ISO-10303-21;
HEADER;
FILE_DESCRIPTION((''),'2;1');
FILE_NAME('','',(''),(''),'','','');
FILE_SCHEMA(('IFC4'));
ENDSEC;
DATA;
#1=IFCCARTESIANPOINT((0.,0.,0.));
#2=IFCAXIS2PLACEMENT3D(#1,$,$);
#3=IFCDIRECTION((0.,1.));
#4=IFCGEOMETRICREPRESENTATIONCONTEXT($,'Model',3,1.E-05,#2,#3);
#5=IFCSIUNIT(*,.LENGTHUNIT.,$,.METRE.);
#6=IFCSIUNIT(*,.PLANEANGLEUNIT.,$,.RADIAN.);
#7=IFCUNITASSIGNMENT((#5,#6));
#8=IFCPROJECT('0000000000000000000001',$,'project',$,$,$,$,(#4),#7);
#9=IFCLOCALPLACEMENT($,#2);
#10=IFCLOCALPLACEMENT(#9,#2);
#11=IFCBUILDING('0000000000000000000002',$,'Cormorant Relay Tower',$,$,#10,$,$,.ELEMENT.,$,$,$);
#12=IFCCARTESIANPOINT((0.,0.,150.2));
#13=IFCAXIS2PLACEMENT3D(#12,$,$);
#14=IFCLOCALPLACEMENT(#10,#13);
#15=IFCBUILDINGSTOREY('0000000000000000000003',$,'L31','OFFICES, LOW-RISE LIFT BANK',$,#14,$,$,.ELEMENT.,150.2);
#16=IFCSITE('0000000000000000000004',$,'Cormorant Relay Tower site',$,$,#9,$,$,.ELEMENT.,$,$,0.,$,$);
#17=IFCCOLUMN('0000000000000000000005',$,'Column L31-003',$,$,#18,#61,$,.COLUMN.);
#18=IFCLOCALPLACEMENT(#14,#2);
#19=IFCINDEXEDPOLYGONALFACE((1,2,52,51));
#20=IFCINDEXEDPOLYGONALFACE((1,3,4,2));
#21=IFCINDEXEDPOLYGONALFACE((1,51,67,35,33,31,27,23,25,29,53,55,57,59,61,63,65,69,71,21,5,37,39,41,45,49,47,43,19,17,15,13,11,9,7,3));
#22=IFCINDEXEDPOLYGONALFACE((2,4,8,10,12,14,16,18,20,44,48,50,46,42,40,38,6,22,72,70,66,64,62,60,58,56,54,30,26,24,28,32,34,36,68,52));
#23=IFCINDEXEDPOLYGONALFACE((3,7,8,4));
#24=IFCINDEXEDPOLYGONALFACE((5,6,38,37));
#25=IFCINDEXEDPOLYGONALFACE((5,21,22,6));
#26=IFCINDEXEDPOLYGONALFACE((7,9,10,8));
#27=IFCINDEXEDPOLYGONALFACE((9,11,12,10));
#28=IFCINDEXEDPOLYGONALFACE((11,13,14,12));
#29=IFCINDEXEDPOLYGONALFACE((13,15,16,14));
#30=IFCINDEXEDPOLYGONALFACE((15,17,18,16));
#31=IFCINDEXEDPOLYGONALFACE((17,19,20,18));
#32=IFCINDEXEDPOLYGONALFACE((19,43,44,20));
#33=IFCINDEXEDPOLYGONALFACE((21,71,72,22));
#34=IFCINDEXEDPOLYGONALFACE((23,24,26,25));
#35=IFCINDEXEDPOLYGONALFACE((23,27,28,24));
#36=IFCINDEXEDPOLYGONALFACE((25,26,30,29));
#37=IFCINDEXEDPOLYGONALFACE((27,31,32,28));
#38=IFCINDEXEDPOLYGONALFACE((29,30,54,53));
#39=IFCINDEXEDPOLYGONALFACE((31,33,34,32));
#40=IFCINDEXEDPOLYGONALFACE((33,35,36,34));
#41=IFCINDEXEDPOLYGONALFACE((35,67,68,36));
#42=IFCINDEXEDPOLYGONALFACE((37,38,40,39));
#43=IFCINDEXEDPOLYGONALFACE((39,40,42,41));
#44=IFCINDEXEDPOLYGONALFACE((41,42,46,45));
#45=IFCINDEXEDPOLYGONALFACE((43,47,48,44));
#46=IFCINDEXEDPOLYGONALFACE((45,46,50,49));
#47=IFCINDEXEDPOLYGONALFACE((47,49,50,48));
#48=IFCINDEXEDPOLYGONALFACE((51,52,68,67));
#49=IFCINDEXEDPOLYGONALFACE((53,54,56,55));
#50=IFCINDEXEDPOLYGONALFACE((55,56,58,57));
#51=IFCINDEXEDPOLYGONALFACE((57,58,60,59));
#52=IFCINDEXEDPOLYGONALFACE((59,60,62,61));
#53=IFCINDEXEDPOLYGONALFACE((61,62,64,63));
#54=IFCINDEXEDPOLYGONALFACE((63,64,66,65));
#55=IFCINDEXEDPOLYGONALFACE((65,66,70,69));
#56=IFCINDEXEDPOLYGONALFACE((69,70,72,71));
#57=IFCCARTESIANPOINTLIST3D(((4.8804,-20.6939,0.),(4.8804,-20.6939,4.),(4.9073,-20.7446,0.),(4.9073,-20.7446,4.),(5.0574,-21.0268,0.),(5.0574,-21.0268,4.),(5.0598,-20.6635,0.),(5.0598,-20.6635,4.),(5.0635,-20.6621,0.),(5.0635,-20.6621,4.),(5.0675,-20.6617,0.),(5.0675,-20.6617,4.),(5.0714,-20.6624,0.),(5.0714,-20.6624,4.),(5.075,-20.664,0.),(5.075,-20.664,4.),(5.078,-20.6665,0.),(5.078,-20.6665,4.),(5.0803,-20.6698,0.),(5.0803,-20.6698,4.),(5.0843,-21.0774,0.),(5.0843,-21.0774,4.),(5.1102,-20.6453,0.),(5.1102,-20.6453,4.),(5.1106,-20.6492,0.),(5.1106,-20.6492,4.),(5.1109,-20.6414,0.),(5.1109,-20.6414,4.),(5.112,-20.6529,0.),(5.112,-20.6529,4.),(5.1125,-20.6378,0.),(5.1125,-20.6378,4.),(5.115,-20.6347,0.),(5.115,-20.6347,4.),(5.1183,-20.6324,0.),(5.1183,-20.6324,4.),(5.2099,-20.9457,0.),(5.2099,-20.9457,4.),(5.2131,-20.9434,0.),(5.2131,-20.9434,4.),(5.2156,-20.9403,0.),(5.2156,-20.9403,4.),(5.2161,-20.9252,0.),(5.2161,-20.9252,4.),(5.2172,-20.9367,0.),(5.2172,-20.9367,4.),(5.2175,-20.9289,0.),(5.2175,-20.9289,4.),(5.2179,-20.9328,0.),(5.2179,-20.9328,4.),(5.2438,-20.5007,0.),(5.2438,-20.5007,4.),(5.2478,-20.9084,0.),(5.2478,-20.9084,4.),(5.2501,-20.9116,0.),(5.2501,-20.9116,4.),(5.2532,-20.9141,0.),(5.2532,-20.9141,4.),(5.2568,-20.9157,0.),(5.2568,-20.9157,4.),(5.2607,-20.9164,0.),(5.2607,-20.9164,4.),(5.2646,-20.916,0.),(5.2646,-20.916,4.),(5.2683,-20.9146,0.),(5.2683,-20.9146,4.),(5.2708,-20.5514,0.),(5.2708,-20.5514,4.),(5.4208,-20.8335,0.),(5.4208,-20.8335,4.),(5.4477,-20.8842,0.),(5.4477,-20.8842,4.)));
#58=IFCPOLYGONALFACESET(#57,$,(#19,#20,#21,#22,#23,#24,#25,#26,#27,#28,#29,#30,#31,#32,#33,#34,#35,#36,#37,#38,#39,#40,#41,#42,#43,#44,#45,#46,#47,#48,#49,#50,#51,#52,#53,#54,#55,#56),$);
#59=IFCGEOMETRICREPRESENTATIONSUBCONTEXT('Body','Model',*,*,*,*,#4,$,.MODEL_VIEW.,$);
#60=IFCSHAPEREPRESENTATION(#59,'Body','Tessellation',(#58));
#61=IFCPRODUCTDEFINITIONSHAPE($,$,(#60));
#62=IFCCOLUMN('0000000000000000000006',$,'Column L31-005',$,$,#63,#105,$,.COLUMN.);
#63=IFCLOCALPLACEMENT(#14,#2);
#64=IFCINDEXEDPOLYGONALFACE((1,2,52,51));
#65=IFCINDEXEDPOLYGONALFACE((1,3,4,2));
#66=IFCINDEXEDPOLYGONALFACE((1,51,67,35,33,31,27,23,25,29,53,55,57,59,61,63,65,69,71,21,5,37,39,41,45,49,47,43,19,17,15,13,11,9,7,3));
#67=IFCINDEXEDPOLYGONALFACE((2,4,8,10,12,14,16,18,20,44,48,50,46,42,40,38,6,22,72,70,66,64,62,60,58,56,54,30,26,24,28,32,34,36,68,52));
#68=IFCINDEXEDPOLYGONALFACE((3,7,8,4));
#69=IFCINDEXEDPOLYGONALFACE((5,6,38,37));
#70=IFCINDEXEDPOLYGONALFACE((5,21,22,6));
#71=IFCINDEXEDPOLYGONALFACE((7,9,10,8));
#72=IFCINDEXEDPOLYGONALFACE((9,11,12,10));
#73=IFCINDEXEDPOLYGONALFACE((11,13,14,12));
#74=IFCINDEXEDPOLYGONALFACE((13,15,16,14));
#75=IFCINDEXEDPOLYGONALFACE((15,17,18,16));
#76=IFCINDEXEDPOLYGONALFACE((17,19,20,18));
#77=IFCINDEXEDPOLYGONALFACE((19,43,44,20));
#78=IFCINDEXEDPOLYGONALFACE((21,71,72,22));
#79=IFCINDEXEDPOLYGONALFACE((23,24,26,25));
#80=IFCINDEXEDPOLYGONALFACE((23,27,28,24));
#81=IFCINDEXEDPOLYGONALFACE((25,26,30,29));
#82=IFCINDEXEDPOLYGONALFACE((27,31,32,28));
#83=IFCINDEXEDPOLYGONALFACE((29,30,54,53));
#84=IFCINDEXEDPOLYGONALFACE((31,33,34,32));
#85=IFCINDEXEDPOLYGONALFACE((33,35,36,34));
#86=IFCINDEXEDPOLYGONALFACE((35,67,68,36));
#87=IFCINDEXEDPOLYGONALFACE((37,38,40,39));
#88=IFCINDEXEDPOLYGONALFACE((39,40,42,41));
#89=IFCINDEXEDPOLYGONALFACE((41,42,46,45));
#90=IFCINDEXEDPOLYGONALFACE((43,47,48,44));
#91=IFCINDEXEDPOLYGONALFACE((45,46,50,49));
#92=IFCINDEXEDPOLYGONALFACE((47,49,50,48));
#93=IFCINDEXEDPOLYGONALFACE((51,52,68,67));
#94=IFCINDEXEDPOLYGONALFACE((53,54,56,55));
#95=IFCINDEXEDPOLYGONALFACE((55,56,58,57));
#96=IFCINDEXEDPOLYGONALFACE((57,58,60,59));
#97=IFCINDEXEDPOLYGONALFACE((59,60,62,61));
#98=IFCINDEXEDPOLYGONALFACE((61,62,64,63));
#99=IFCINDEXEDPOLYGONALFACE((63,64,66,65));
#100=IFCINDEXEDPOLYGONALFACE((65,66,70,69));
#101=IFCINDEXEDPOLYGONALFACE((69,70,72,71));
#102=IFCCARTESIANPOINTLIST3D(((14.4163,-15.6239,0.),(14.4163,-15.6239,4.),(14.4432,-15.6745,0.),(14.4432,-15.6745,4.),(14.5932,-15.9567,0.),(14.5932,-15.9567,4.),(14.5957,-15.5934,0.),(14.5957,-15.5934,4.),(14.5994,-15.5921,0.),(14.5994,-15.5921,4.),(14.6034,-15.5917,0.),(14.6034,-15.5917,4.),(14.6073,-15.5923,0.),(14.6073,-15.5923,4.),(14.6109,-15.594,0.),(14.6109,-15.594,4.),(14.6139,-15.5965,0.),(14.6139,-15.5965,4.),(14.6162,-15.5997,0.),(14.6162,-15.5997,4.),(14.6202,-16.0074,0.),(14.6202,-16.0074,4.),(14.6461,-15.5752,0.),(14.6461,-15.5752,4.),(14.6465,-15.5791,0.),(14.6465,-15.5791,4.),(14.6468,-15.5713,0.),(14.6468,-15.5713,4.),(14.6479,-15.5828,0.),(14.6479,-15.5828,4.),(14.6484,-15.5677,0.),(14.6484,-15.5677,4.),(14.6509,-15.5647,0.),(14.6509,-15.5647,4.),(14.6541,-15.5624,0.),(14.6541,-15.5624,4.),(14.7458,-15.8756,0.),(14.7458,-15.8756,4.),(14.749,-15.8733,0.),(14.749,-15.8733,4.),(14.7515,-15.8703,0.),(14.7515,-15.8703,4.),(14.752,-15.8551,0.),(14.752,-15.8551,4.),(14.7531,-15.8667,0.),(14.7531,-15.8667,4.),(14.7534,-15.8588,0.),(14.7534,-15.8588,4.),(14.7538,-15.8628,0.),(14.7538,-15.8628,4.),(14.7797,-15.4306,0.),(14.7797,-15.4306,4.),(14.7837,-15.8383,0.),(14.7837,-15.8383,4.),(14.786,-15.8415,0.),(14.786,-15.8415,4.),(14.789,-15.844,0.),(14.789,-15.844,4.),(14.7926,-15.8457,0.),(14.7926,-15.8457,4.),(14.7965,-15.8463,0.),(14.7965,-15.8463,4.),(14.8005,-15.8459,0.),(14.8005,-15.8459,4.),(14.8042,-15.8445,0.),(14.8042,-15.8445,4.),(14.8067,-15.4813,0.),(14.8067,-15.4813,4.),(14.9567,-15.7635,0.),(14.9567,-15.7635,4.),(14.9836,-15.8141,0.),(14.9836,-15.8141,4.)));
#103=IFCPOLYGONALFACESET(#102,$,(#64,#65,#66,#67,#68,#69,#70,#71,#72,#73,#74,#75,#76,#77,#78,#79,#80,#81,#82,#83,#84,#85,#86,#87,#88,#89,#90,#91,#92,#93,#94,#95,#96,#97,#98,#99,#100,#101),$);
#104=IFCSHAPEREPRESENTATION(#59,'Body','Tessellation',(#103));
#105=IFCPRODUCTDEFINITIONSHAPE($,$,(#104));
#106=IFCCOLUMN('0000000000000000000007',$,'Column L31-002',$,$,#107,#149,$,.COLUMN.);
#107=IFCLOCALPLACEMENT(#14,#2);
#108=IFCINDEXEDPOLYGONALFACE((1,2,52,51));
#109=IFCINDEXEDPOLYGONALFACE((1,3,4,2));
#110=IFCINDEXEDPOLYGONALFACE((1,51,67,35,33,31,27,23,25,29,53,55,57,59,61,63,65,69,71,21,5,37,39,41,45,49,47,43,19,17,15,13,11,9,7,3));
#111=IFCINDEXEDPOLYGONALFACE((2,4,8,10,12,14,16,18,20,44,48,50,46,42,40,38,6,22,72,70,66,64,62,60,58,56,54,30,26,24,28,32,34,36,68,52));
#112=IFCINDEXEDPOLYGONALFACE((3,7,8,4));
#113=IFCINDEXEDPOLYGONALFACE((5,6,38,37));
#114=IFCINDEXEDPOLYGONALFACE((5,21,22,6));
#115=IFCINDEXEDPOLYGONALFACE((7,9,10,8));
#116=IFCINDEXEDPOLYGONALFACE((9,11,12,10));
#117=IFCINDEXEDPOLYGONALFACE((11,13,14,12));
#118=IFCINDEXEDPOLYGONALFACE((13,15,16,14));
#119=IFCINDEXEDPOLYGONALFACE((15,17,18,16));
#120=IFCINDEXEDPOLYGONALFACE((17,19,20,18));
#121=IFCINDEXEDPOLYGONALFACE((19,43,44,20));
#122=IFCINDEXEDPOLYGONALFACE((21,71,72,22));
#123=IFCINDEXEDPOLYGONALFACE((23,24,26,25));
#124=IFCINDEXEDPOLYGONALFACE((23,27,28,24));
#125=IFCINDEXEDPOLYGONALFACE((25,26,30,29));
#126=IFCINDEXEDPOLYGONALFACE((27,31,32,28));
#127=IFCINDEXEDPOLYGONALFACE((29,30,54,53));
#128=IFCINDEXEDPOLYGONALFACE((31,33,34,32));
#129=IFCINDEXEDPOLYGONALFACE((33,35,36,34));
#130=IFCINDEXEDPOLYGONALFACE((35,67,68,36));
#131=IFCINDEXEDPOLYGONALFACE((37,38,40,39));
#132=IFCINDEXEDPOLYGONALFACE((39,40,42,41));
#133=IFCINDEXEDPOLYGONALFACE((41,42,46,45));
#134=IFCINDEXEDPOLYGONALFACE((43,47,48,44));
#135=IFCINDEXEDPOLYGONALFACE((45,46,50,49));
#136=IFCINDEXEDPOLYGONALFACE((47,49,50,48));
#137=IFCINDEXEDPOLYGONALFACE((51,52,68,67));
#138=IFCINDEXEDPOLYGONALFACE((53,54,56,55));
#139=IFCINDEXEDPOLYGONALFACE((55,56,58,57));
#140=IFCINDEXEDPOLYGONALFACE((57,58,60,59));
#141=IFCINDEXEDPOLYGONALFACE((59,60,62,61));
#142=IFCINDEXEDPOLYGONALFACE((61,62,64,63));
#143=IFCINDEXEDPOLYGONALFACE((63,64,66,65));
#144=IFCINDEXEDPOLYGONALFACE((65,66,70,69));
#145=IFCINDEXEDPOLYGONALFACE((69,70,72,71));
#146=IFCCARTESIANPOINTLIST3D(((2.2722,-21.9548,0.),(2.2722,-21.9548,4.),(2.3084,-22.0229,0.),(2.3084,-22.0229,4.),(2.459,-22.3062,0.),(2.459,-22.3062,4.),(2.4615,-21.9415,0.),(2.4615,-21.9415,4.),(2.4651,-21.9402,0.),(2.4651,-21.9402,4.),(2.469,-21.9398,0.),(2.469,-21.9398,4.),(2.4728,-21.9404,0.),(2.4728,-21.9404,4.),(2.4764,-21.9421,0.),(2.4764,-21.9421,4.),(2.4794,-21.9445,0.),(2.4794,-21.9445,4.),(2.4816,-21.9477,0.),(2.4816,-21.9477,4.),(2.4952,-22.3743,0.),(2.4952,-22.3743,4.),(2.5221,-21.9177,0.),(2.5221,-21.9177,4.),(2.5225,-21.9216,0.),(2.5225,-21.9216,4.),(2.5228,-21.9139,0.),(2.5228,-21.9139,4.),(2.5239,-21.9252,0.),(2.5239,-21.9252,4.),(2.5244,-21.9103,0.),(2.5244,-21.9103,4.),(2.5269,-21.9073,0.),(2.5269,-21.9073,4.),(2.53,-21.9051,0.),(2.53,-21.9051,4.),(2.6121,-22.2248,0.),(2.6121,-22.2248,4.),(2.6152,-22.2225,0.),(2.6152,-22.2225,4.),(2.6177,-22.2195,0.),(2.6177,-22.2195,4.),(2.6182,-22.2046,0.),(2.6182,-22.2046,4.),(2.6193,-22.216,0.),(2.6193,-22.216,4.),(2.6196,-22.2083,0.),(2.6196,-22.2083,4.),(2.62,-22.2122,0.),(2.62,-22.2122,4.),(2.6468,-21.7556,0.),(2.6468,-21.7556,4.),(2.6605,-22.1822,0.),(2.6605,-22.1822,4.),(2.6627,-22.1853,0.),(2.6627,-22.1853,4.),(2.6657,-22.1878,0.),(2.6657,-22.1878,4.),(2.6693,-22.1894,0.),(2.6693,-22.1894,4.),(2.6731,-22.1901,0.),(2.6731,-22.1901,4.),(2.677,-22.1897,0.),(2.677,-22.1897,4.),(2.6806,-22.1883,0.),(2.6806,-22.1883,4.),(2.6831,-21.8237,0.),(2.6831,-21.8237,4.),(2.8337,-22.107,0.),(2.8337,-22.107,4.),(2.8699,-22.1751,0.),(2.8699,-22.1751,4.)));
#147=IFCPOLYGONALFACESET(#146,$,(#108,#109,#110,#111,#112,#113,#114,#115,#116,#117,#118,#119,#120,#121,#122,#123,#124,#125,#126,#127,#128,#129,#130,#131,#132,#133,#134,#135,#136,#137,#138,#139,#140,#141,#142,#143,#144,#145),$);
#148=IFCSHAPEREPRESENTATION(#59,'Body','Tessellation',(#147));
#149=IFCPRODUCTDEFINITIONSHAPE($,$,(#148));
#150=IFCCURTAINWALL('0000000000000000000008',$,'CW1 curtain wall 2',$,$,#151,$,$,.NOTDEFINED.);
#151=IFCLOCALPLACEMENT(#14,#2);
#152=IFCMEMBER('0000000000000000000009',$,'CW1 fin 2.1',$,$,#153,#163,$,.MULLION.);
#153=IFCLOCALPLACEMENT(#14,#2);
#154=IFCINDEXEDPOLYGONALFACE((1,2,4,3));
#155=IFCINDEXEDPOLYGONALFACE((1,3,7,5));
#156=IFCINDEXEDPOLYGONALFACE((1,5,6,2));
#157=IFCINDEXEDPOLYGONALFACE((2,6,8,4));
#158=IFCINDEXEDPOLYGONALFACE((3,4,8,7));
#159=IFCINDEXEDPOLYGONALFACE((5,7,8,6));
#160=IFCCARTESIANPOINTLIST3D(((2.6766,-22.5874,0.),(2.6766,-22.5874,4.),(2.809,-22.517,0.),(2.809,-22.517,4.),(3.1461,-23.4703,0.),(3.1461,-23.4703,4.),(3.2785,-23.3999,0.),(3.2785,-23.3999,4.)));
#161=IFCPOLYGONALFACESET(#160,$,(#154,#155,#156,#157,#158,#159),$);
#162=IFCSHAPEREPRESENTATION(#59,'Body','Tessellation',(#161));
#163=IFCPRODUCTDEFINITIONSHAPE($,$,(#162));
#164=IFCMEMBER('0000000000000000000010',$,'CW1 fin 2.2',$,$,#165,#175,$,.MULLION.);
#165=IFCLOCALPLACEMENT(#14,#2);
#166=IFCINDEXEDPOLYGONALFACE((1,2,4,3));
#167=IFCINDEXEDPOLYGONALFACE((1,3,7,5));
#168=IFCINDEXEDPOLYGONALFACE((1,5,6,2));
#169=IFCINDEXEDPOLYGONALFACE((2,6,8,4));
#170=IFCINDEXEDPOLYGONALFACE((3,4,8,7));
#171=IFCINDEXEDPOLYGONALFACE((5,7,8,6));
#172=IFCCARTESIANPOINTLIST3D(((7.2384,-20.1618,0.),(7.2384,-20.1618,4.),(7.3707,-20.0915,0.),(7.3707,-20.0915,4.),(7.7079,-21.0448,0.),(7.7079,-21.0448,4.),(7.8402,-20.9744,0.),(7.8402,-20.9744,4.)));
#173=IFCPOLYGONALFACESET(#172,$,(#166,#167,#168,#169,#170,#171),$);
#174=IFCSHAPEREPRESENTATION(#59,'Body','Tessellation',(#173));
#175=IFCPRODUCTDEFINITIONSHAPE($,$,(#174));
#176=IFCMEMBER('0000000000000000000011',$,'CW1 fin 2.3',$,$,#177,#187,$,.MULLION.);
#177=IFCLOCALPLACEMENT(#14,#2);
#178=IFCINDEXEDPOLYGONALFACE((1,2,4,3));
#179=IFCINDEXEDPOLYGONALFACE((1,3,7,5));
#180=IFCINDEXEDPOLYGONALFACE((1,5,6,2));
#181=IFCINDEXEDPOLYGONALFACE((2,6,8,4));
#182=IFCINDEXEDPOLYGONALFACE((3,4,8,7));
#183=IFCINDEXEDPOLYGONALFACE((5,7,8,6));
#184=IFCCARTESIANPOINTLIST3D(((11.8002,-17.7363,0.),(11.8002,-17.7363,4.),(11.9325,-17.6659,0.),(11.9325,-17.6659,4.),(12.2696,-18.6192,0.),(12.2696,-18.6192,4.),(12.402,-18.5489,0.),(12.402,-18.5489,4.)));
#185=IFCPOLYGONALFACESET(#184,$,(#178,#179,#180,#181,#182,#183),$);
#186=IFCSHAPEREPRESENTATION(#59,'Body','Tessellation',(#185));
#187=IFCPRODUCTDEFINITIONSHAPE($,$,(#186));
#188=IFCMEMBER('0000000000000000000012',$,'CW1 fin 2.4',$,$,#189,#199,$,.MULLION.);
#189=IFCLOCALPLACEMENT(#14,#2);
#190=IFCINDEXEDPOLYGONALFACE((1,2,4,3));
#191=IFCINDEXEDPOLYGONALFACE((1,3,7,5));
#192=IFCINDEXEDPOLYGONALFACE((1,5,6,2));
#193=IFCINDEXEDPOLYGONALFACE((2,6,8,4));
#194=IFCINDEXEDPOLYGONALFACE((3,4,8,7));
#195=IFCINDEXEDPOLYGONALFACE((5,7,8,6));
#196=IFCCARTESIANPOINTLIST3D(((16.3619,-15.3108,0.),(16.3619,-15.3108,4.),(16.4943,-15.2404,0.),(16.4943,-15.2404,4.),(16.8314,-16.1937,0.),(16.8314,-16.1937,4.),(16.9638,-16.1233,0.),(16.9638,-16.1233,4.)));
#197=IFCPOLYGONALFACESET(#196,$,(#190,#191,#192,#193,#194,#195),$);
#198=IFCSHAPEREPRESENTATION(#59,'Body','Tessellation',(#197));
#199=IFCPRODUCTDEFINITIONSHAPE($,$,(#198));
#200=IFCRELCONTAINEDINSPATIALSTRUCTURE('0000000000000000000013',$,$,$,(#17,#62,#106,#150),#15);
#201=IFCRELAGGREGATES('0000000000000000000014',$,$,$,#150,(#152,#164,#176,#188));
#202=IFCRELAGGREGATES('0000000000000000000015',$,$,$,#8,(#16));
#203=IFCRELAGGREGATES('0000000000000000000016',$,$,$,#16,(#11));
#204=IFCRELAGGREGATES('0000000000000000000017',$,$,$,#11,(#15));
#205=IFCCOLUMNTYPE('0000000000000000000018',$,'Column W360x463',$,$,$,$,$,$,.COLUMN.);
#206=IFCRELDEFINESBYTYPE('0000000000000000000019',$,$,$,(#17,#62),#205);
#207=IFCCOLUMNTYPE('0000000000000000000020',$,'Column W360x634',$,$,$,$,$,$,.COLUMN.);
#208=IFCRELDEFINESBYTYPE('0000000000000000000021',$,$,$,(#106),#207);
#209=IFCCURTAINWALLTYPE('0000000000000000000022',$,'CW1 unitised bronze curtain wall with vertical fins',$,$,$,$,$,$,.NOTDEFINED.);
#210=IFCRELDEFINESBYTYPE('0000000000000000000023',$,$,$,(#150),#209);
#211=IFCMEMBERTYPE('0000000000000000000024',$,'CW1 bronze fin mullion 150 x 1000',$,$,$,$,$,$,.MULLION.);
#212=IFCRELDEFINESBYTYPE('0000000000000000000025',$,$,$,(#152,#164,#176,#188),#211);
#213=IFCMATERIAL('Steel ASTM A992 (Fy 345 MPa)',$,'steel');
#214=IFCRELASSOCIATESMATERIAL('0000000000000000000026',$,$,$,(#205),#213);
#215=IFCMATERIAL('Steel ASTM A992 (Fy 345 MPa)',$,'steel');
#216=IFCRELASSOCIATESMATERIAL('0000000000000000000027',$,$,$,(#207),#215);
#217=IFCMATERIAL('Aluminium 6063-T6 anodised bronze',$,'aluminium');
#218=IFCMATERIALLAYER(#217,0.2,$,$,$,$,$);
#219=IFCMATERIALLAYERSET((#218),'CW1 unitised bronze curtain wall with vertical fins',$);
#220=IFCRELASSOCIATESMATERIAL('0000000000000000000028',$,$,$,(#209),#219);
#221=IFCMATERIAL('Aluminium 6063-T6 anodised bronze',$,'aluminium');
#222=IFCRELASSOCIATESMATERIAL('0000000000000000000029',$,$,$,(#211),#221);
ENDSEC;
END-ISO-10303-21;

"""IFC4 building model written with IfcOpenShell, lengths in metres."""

from ifc_helpers import new_model, si_unit, direction, frame, origin, origin_2d, place, context, subcontext, project, spatial, rectangle, i_section, extrude, material, layer, layer_set, material_profile, profile_set, type_object, element, aggregate, save


model = new_model("IFC4")

# Units and contexts
model_context = context("Model", 3, precision=1e-05, world=origin(), true_north=direction((0.0, 1.0)))
body_context = subcontext(model_context, "Body", "Model", "MODEL_VIEW")
ifc_project = project(units=[si_unit("LENGTHUNIT", "METRE"), si_unit("PLANEANGLEUNIT", "RADIAN")], contexts=[model_context])

# Site, building, storey
site_placement = place(None, origin())
site = spatial("IfcSite", under=ifc_project, at=site_placement, Name="Cormorant Relay Tower site", CompositionType="ELEMENT", RefElevation=0.0)
building_placement = place(site_placement, origin())
building = spatial("IfcBuilding", under=site, at=building_placement, Name="Cormorant Relay Tower", CompositionType="ELEMENT")
storey_placement = place(building_placement, frame((0.0, 0.0, 150.2)))
storey = spatial("IfcBuildingStorey", under=building, at=storey_placement, Name="L31", Description="OFFICES, LOW-RISE LIFT BANK", CompositionType="ELEMENT", Elevation=150.2)

# Columns
ifc_material_1 = material(Name="Steel ASTM A992 (Fy 345 MPa)", Category="steel")
ifc_material_profile_1 = material_profile(ifc_material_1, i_section(OverallWidth=0.4116, OverallDepth=0.4343, WebThickness=0.0359, FlangeThickness=0.0574, FilletRadius=0.0151, at=origin_2d()), Name="W360x463")
ifc_profile_set_1 = profile_set([ifc_material_profile_1], Name="Steel ASTM A992 (Fy 345 MPa)")
column_type_1 = type_object("IfcColumnType", Name="Column W360x463", PredefinedType="COLUMN", material=ifc_profile_set_1)
for number, where, z_axis, x_axis, name in (
    (1, (5.1641, -20.7891, 0.0), (0.0, 0.0, 1.0), (0.882948, 0.469472, 0.0), "Column L31-003"),
    (2, (14.7, -15.719, 0.0), (0.0, 0.0, 1.0), (0.882948, 0.469472, 0.0), "Column L31-005"),
):
    element("IfcColumn", number, at=place(storey_placement, frame(where, z_axis=z_axis, x_axis=x_axis)), inside=storey, type_object=column_type_1, Name=name, PredefinedType="COLUMN", context=body_context, shape_type="SweptSolid", body=[
        extrude(i_section(OverallWidth=0.4116, OverallDepth=0.4343, WebThickness=0.0359, FlangeThickness=0.0574, FilletRadius=0.0151, at=origin_2d()), origin(), (0.0, 0.0, 1.0), 4.0),
    ])
ifc_material_2 = material(Name="Steel ASTM A992 (Fy 345 MPa)", Category="steel")
ifc_material_profile_2 = material_profile(ifc_material_2, i_section(OverallWidth=0.4243, OverallDepth=0.4751, WebThickness=0.0479, FlangeThickness=0.0771, FilletRadius=0.0149, at=origin_2d()), Name="W360x634")
ifc_profile_set_2 = profile_set([ifc_material_profile_2], Name="Steel ASTM A992 (Fy 345 MPa)")
column_type_2 = type_object("IfcColumnType", Name="Column W360x634", PredefinedType="COLUMN", material=ifc_profile_set_2)
column_placement = place(storey_placement, frame((2.571, -22.0649, 0.0), z_axis=(0.0, 0.0, 1.0), x_axis=(0.882948, 0.469472, 0.0)))
element("IfcColumn", 3, at=column_placement, inside=storey, type_object=column_type_2, Name="Column L31-002", PredefinedType="COLUMN", context=body_context, shape_type="SweptSolid", body=[
    extrude(i_section(OverallWidth=0.4243, OverallDepth=0.4751, WebThickness=0.0479, FlangeThickness=0.0771, FilletRadius=0.0149, at=origin_2d()), origin(), (0.0, 0.0, 1.0), 4.0),
])

# Curtain wall, members
ifc_material_3 = material(Name="Aluminium 6063-T6 anodised bronze", Category="aluminium")
ifc_layer_1 = layer(ifc_material_3, 0.2)
ifc_layer_set_1 = layer_set([ifc_layer_1], Name="CW1 unitised bronze curtain wall with vertical fins")
curtain_wall_type = type_object("IfcCurtainWallType", Name="CW1 unitised bronze curtain wall with vertical fins", PredefinedType="NOTDEFINED", material=ifc_layer_set_1)
curtain_wall_1_placement = place(storey_placement, origin())
curtain_wall_1 = element("IfcCurtainWall", 4, at=curtain_wall_1_placement, inside=storey, type_object=curtain_wall_type, Name="CW1 curtain wall 2", PredefinedType="NOTDEFINED")
ifc_material_4 = material(Name="Aluminium 6063-T6 anodised bronze", Category="aluminium")
ifc_material_profile_3 = material_profile(ifc_material_4, rectangle(XDim=0.1499, YDim=1.0, at=origin_2d()), Name="AL 150x1000")
ifc_profile_set_3 = profile_set([ifc_material_profile_3], Name="Aluminium 6063-T6 anodised bronze")
member_type_1 = type_object("IfcMemberType", Name="CW1 bronze fin mullion 150 x 1000", PredefinedType="MULLION", material=ifc_profile_set_3)
member_1_placement = place(storey_placement, frame((2.9775, -22.9937, 0.0), z_axis=(0.0, 0.0, 1.0), x_axis=(0.882948, 0.469472, 0.0)))
member_1 = element("IfcMember", 5, at=member_1_placement, type_object=member_type_1, Name="CW1 fin 2.1", PredefinedType="MULLION", context=body_context, shape_type="SweptSolid", body=[
    extrude(rectangle(XDim=0.1499, YDim=1.0, at=origin_2d()), origin(), (0.0, 0.0, 1.0), 4.0),
])
member_2_placement = place(storey_placement, frame((7.5393, -20.5681, 0.0), z_axis=(0.0, 0.0, 1.0), x_axis=(0.882948, 0.469472, 0.0)))
member_2 = element("IfcMember", 6, at=member_2_placement, type_object=member_type_1, Name="CW1 fin 2.2", PredefinedType="MULLION", context=body_context, shape_type="SweptSolid", body=[
    extrude(rectangle(XDim=0.1499, YDim=1.0, at=origin_2d()), origin(), (0.0, 0.0, 1.0), 4.0),
])
member_3_placement = place(storey_placement, frame((12.1011, -18.1426, 0.0), z_axis=(0.0, 0.0, 1.0), x_axis=(0.882948, 0.469472, 0.0)))
member_3 = element("IfcMember", 7, at=member_3_placement, type_object=member_type_1, Name="CW1 fin 2.3", PredefinedType="MULLION", context=body_context, shape_type="SweptSolid", body=[
    extrude(rectangle(XDim=0.1499, YDim=1.0, at=origin_2d()), origin(), (0.0, 0.0, 1.0), 4.0),
])
member_4_placement = place(storey_placement, frame((16.6628, -15.717, 0.0), z_axis=(0.0, 0.0, 1.0), x_axis=(0.882948, 0.469472, 0.0)))
member_4 = element("IfcMember", 8, at=member_4_placement, type_object=member_type_1, Name="CW1 fin 2.4", PredefinedType="MULLION", context=body_context, shape_type="SweptSolid", body=[
    extrude(rectangle(XDim=0.1499, YDim=1.0, at=origin_2d()), origin(), (0.0, 0.0, 1.0), 4.0),
])

aggregate(curtain_wall_1, [member_1, member_2, member_3, member_4])

save(model, "model.ifc")
